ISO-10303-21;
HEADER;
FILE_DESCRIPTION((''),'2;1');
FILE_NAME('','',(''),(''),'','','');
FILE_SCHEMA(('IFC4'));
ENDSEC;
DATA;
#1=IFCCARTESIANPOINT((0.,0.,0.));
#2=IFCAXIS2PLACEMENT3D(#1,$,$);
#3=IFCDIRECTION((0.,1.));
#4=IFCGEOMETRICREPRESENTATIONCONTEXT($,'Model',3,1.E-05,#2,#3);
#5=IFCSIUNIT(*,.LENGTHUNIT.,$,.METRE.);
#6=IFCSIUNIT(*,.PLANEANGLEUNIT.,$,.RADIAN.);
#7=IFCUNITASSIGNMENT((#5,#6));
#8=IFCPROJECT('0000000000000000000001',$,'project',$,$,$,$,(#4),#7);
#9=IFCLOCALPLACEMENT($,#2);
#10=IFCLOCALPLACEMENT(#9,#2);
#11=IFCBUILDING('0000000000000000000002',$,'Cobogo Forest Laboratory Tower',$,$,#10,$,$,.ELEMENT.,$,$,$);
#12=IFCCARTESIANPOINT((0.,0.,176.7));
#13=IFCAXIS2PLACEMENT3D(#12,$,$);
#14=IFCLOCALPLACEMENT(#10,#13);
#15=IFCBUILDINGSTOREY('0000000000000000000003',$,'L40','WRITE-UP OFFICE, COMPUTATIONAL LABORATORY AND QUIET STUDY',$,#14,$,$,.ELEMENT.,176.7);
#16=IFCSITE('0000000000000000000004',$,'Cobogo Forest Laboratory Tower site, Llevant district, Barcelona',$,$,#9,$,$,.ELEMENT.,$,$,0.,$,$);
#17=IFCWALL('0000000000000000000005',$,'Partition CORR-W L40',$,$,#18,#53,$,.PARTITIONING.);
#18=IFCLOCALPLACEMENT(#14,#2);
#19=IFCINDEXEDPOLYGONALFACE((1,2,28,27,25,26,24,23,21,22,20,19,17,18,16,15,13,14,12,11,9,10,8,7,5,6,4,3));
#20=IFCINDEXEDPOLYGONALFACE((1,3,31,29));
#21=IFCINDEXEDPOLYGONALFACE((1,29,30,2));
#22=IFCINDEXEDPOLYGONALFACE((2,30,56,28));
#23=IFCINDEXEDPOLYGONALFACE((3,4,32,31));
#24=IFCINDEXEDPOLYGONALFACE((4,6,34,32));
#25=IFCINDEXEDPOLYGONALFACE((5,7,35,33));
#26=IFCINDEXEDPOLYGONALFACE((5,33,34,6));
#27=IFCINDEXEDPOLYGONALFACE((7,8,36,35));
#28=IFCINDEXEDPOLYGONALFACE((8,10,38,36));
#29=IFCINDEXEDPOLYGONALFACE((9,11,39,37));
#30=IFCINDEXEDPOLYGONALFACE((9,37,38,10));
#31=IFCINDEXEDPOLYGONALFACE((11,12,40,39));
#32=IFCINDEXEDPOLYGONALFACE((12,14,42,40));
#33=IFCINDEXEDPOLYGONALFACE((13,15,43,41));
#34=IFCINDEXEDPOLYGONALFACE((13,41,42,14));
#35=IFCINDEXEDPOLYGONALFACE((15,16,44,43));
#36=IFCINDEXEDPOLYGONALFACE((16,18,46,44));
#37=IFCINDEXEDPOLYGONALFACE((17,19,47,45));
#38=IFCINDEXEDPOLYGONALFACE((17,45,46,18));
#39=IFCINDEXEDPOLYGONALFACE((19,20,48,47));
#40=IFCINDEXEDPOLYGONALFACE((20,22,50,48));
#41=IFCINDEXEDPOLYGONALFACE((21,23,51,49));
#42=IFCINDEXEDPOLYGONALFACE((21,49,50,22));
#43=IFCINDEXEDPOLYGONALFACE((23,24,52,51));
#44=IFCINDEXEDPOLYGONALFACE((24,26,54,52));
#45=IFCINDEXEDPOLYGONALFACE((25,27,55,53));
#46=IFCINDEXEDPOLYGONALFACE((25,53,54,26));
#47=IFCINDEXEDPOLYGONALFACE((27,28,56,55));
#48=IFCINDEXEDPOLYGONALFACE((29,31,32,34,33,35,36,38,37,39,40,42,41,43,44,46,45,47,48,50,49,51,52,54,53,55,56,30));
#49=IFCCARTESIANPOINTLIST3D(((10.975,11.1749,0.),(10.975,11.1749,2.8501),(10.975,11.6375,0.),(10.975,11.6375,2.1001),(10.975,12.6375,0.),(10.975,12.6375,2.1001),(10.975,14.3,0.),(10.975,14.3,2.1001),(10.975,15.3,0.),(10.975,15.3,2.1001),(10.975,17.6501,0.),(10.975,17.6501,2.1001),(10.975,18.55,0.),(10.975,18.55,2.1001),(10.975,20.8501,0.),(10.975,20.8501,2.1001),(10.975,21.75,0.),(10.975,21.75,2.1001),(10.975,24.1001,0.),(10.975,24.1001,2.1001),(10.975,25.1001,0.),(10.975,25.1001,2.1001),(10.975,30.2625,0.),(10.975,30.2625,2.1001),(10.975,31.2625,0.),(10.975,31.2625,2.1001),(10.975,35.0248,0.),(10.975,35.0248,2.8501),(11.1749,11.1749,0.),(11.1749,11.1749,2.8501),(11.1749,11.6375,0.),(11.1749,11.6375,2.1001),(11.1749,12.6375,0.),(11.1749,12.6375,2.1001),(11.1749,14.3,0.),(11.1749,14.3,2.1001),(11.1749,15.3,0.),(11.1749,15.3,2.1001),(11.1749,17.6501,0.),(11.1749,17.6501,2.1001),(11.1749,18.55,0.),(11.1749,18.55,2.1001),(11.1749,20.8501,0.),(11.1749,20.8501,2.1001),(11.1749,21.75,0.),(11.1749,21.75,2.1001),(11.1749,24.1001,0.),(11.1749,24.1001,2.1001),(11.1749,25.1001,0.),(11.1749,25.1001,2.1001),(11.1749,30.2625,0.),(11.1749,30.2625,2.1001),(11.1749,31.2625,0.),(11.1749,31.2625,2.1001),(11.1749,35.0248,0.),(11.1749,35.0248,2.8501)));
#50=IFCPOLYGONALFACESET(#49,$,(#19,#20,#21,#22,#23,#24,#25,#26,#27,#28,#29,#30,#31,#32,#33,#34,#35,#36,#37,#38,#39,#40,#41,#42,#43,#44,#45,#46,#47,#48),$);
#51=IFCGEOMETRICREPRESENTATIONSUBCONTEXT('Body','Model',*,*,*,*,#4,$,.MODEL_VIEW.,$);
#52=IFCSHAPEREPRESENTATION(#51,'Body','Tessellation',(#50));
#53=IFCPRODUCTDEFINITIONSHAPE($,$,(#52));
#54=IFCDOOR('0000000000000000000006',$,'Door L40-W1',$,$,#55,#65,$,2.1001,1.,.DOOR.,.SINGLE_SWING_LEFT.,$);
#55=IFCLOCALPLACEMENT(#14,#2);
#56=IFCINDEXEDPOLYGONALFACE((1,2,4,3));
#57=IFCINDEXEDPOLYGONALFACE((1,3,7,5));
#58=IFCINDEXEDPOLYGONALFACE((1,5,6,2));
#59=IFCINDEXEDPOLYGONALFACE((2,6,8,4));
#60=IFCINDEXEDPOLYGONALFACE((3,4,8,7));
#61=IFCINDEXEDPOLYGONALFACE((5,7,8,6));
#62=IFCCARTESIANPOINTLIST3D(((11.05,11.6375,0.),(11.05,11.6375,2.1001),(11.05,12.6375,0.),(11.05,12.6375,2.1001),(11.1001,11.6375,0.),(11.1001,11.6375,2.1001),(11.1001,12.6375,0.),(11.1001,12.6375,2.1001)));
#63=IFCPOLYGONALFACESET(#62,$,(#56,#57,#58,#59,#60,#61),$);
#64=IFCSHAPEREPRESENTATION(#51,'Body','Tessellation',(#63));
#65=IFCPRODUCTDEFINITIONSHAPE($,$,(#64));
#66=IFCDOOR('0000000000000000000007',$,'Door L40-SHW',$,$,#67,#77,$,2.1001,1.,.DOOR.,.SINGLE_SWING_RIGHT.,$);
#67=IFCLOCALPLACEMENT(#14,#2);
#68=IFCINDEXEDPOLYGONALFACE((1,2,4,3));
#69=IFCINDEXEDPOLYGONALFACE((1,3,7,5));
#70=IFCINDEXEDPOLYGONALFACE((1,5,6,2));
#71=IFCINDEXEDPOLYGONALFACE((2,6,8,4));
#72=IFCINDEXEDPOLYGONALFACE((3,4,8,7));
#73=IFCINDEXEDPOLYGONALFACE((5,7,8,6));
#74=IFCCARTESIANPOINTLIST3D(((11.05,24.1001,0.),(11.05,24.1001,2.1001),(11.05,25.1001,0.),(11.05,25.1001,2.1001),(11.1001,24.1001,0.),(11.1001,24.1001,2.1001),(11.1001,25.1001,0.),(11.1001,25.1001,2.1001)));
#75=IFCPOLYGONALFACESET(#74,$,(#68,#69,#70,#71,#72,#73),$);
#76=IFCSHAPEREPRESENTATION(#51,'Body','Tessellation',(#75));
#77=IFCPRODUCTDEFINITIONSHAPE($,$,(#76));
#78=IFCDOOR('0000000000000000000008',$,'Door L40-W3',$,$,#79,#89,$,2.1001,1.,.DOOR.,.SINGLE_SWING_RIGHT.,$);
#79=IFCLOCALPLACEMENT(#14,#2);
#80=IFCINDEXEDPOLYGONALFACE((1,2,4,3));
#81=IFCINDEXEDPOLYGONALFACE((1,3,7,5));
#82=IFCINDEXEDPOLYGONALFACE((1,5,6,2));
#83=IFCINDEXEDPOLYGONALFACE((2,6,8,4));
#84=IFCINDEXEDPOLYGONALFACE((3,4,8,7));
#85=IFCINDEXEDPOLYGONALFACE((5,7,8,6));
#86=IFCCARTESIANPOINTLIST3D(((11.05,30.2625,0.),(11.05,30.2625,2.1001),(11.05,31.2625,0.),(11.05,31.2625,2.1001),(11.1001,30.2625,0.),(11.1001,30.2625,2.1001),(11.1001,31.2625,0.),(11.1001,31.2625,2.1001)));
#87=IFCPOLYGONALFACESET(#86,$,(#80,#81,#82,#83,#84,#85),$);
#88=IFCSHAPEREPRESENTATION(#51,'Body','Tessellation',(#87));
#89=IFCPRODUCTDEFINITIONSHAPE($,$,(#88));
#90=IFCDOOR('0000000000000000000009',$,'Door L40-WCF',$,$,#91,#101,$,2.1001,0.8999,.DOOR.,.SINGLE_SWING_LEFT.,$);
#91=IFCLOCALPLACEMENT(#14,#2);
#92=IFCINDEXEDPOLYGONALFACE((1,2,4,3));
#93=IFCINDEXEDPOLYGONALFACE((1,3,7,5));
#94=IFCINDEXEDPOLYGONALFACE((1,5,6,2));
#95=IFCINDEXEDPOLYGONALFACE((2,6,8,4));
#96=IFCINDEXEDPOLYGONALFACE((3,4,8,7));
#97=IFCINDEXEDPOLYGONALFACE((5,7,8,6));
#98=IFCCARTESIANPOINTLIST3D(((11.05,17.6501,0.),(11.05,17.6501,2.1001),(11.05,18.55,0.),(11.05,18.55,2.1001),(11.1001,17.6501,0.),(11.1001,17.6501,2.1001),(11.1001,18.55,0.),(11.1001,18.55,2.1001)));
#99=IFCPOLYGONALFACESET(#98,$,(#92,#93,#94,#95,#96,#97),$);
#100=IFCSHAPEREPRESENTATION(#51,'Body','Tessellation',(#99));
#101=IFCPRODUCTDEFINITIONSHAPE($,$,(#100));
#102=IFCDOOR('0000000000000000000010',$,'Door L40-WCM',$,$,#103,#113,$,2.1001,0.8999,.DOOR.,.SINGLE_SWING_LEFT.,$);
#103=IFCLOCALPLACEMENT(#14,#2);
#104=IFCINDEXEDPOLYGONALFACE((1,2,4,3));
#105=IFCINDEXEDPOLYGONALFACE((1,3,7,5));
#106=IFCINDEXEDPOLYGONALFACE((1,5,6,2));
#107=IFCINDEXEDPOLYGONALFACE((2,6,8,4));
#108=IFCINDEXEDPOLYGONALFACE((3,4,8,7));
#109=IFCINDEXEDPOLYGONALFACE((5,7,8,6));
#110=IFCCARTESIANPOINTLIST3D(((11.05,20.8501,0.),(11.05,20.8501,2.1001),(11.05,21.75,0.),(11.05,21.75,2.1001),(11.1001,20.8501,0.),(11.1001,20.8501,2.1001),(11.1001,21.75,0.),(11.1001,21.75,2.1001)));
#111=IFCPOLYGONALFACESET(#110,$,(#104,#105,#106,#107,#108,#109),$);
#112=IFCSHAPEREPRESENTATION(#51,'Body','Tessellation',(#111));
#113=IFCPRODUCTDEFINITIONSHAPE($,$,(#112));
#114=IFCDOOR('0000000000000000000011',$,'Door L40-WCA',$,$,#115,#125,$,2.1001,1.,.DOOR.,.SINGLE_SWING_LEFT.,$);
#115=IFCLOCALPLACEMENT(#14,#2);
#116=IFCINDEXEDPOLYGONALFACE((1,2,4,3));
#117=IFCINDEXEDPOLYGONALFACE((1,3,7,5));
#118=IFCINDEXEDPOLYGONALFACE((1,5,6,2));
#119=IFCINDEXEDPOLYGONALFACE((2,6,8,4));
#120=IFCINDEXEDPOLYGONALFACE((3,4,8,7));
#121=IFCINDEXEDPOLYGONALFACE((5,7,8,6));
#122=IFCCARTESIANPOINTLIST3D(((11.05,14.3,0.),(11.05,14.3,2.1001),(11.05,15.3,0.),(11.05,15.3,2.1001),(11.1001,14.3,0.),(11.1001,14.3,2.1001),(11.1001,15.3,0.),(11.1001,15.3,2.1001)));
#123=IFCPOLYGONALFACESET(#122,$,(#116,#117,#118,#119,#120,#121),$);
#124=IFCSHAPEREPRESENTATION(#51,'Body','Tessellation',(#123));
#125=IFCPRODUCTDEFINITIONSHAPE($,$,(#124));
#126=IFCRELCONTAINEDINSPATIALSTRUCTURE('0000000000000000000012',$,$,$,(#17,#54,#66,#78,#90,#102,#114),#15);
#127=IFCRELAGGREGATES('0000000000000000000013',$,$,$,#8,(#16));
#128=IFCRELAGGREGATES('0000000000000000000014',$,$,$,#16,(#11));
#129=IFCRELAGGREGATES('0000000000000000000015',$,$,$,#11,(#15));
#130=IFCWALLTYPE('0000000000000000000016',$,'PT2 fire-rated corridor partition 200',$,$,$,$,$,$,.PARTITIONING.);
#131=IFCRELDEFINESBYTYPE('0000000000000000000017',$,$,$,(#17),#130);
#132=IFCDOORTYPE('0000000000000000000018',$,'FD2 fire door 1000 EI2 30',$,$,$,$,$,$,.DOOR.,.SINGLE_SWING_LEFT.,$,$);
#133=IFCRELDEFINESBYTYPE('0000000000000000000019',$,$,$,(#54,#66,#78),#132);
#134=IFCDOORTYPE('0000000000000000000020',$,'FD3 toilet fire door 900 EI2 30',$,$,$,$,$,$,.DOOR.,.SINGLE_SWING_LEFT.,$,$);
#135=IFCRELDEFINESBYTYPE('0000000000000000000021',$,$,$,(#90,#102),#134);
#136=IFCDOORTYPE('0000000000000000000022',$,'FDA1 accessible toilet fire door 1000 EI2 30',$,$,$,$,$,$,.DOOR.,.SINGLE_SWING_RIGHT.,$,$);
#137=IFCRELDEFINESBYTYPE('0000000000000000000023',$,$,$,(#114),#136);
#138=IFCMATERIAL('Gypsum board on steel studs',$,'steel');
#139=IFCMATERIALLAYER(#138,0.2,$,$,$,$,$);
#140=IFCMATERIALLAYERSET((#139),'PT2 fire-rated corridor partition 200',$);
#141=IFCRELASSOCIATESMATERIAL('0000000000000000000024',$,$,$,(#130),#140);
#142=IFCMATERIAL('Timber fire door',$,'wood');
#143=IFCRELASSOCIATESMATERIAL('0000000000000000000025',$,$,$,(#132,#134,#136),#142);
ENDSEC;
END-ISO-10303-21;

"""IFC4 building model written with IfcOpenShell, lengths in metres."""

from ifc_helpers import new_model, si_unit, direction, frame, frame_2d, origin, place, context, subcontext, project, spatial, rectangle, extrude, material, layer, layer_set, type_object, element, fill, save


model = new_model("IFC4")

# Units and contexts
model_context = context("Model", 3, precision=1e-05, world=origin(), true_north=direction((0.0, 1.0)))
body_context = subcontext(model_context, "Body", "Model", "MODEL_VIEW")
ifc_project = project(units=[si_unit("LENGTHUNIT", "METRE"), si_unit("PLANEANGLEUNIT", "RADIAN")], contexts=[model_context])

# Site, building, storey
site_placement = place(None, origin())
site = spatial("IfcSite", under=ifc_project, at=site_placement, Name="Cobogo Forest Laboratory Tower site, Llevant district, Barcelona", CompositionType="ELEMENT", RefElevation=0.0)
building_placement = place(site_placement, origin())
building = spatial("IfcBuilding", under=site, at=building_placement, Name="Cobogo Forest Laboratory Tower", CompositionType="ELEMENT")
storey_placement = place(building_placement, frame((0.0, 0.0, 176.7)))
storey = spatial("IfcBuildingStorey", under=building, at=storey_placement, Name="L40", Description="WRITE-UP OFFICE, COMPUTATIONAL LABORATORY AND QUIET STUDY", CompositionType="ELEMENT", Elevation=176.7)

# Shared definitions
ifc_material_1 = material(Name="Gypsum board on steel studs", Category="steel")

# Wall, openings, doors
ifc_layer_1 = layer(ifc_material_1, 0.2)
ifc_layer_set_1 = layer_set([ifc_layer_1], Name="PT2 fire-rated corridor partition 200")
wall_type_1 = type_object("IfcWallType", Name="PT2 fire-rated corridor partition 200", PredefinedType="PARTITIONING", material=ifc_layer_set_1)
ifc_material_2 = material(Name="Timber fire door", Category="wood")
door_type_1 = type_object("IfcDoorType", Name="FD2 fire door 1000 EI2 30", OperationType="SINGLE_SWING_LEFT", PredefinedType="DOOR", material=ifc_material_2)
wall_1_placement = place(storey_placement, frame((11.075, 11.175, 0.0), z_axis=(0.0, 0.0, 1.0), x_axis=(0.0, 1.0, 0.0)))
wall_1 = element("IfcWall", 1, at=wall_1_placement, inside=storey, type_object=wall_type_1, Name="Partition CORR-W L40", PredefinedType="PARTITIONING", context=body_context, shape_type="SweptSolid", body=[
    extrude(rectangle(XDim=23.8499, YDim=0.2, at=frame_2d((11.9248, 0.0))), origin(), (0.0, 0.0, 1.0), 2.8501),
])
opening_1_placement = place(wall_1_placement, frame((0.4624, 0.0, 0.0)))
opening_1 = element("IfcOpeningElement", 2, at=opening_1_placement, cuts=wall_1, PredefinedType="OPENING", context=body_context, shape_type="SweptSolid", body=[
    extrude(rectangle(XDim=1.0, YDim=2.1001, at=frame_2d((0.5, 1.05))), frame((0.0, 0.1099, 0.0), z_axis=(0.0, -1.0, 0.0), x_axis=(1.0, 0.0, 0.0)), (0.0, 0.0, 1.0), 0.22),
])
opening_2_placement = place(wall_1_placement, frame((3.125, 0.0, 0.0)))
opening_2 = element("IfcOpeningElement", 3, at=opening_2_placement, cuts=wall_1, PredefinedType="OPENING", context=body_context, shape_type="SweptSolid", body=[
    extrude(rectangle(XDim=1.0, YDim=2.1001, at=frame_2d((0.5, 1.05))), frame((0.0, 0.1099, 0.0), z_axis=(0.0, -1.0, 0.0), x_axis=(1.0, 0.0, 0.0)), (0.0, 0.0, 1.0), 0.22),
])
opening_3_placement = place(wall_1_placement, frame((6.4751, 0.0, 0.0)))
opening_3 = element("IfcOpeningElement", 4, at=opening_3_placement, cuts=wall_1, PredefinedType="OPENING", context=body_context, shape_type="SweptSolid", body=[
    extrude(rectangle(XDim=0.8999, YDim=2.1001, at=frame_2d((0.45, 1.05))), frame((0.0, 0.1099, 0.0), z_axis=(0.0, -1.0, 0.0), x_axis=(1.0, 0.0, 0.0)), (0.0, 0.0, 1.0), 0.22),
])
opening_4_placement = place(wall_1_placement, frame((9.675, 0.0, 0.0)))
opening_4 = element("IfcOpeningElement", 5, at=opening_4_placement, cuts=wall_1, PredefinedType="OPENING", context=body_context, shape_type="SweptSolid", body=[
    extrude(rectangle(XDim=0.8999, YDim=2.1001, at=frame_2d((0.45, 1.05))), frame((0.0, 0.1099, 0.0), z_axis=(0.0, -1.0, 0.0), x_axis=(1.0, 0.0, 0.0)), (0.0, 0.0, 1.0), 0.22),
])
opening_5_placement = place(wall_1_placement, frame((12.925, 0.0, 0.0)))
opening_5 = element("IfcOpeningElement", 6, at=opening_5_placement, cuts=wall_1, PredefinedType="OPENING", context=body_context, shape_type="SweptSolid", body=[
    extrude(rectangle(XDim=1.0, YDim=2.1001, at=frame_2d((0.5, 1.05))), frame((0.0, 0.1099, 0.0), z_axis=(0.0, -1.0, 0.0), x_axis=(1.0, 0.0, 0.0)), (0.0, 0.0, 1.0), 0.22),
])
opening_6_placement = place(wall_1_placement, frame((19.0874, 0.0, 0.0)))
opening_6 = element("IfcOpeningElement", 7, at=opening_6_placement, cuts=wall_1, PredefinedType="OPENING", context=body_context, shape_type="SweptSolid", body=[
    extrude(rectangle(XDim=1.0, YDim=2.1001, at=frame_2d((0.5, 1.05))), frame((0.0, 0.1099, 0.0), z_axis=(0.0, -1.0, 0.0), x_axis=(1.0, 0.0, 0.0)), (0.0, 0.0, 1.0), 0.22),
])
door_1_placement = place(opening_1_placement, origin())
door_1 = element("IfcDoor", 8, at=door_1_placement, inside=storey, type_object=door_type_1, Name="Door L40-W1", OperationType="SINGLE_SWING_LEFT", OverallHeight=2.1001, OverallWidth=1.0, PredefinedType="DOOR", context=body_context, shape_type="SweptSolid", body=[
    extrude(rectangle(XDim=1.0, YDim=2.1001, at=frame_2d((0.5, 1.05))), frame((0.0, 0.0249, 0.0), z_axis=(0.0, -1.0, 0.0), x_axis=(1.0, 0.0, 0.0)), (0.0, 0.0, 1.0), 0.05),
])
fill(opening_1, door_1)
door_2_placement = place(opening_5_placement, origin())
door_2 = element("IfcDoor", 9, at=door_2_placement, inside=storey, type_object=door_type_1, Name="Door L40-SHW", OperationType="SINGLE_SWING_RIGHT", OverallHeight=2.1001, OverallWidth=1.0, PredefinedType="DOOR", context=body_context, shape_type="SweptSolid", body=[
    extrude(rectangle(XDim=1.0, YDim=2.1001, at=frame_2d((0.5, 1.05))), frame((0.0, 0.0249, 0.0), z_axis=(0.0, -1.0, 0.0), x_axis=(1.0, 0.0, 0.0)), (0.0, 0.0, 1.0), 0.05),
])
fill(opening_5, door_2)
door_3_placement = place(opening_6_placement, origin())
door_3 = element("IfcDoor", 10, at=door_3_placement, inside=storey, type_object=door_type_1, Name="Door L40-W3", OperationType="SINGLE_SWING_RIGHT", OverallHeight=2.1001, OverallWidth=1.0, PredefinedType="DOOR", context=body_context, shape_type="SweptSolid", body=[
    extrude(rectangle(XDim=1.0, YDim=2.1001, at=frame_2d((0.5, 1.05))), frame((0.0, 0.0249, 0.0), z_axis=(0.0, -1.0, 0.0), x_axis=(1.0, 0.0, 0.0)), (0.0, 0.0, 1.0), 0.05),
])
fill(opening_6, door_3)
door_type_2 = type_object("IfcDoorType", Name="FD3 toilet fire door 900 EI2 30", OperationType="SINGLE_SWING_LEFT", PredefinedType="DOOR", material=ifc_material_2)
door_4_placement = place(opening_3_placement, origin())
door_4 = element("IfcDoor", 11, at=door_4_placement, inside=storey, type_object=door_type_2, Name="Door L40-WCF", OperationType="SINGLE_SWING_LEFT", OverallHeight=2.1001, OverallWidth=0.8999, PredefinedType="DOOR", context=body_context, shape_type="SweptSolid", body=[
    extrude(rectangle(XDim=0.8999, YDim=2.1001, at=frame_2d((0.45, 1.05))), frame((0.0, 0.0249, 0.0), z_axis=(0.0, -1.0, 0.0), x_axis=(1.0, 0.0, 0.0)), (0.0, 0.0, 1.0), 0.05),
])
fill(opening_3, door_4)
door_5_placement = place(opening_4_placement, origin())
door_5 = element("IfcDoor", 12, at=door_5_placement, inside=storey, type_object=door_type_2, Name="Door L40-WCM", OperationType="SINGLE_SWING_LEFT", OverallHeight=2.1001, OverallWidth=0.8999, PredefinedType="DOOR", context=body_context, shape_type="SweptSolid", body=[
    extrude(rectangle(XDim=0.8999, YDim=2.1001, at=frame_2d((0.45, 1.05))), frame((0.0, 0.0249, 0.0), z_axis=(0.0, -1.0, 0.0), x_axis=(1.0, 0.0, 0.0)), (0.0, 0.0, 1.0), 0.05),
])
fill(opening_4, door_5)
door_type_3 = type_object("IfcDoorType", Name="FDA1 accessible toilet fire door 1000 EI2 30", OperationType="SINGLE_SWING_RIGHT", PredefinedType="DOOR", material=ifc_material_2)
door_6_placement = place(opening_2_placement, origin())
door_6 = element("IfcDoor", 13, at=door_6_placement, inside=storey, type_object=door_type_3, Name="Door L40-WCA", OperationType="SINGLE_SWING_LEFT", OverallHeight=2.1001, OverallWidth=1.0, PredefinedType="DOOR", context=body_context, shape_type="SweptSolid", body=[
    extrude(rectangle(XDim=1.0, YDim=2.1001, at=frame_2d((0.5, 1.05))), frame((0.0, 0.0249, 0.0), z_axis=(0.0, -1.0, 0.0), x_axis=(1.0, 0.0, 0.0)), (0.0, 0.0, 1.0), 0.05),
])
fill(opening_2, door_6)

save(model, "model.ifc")
